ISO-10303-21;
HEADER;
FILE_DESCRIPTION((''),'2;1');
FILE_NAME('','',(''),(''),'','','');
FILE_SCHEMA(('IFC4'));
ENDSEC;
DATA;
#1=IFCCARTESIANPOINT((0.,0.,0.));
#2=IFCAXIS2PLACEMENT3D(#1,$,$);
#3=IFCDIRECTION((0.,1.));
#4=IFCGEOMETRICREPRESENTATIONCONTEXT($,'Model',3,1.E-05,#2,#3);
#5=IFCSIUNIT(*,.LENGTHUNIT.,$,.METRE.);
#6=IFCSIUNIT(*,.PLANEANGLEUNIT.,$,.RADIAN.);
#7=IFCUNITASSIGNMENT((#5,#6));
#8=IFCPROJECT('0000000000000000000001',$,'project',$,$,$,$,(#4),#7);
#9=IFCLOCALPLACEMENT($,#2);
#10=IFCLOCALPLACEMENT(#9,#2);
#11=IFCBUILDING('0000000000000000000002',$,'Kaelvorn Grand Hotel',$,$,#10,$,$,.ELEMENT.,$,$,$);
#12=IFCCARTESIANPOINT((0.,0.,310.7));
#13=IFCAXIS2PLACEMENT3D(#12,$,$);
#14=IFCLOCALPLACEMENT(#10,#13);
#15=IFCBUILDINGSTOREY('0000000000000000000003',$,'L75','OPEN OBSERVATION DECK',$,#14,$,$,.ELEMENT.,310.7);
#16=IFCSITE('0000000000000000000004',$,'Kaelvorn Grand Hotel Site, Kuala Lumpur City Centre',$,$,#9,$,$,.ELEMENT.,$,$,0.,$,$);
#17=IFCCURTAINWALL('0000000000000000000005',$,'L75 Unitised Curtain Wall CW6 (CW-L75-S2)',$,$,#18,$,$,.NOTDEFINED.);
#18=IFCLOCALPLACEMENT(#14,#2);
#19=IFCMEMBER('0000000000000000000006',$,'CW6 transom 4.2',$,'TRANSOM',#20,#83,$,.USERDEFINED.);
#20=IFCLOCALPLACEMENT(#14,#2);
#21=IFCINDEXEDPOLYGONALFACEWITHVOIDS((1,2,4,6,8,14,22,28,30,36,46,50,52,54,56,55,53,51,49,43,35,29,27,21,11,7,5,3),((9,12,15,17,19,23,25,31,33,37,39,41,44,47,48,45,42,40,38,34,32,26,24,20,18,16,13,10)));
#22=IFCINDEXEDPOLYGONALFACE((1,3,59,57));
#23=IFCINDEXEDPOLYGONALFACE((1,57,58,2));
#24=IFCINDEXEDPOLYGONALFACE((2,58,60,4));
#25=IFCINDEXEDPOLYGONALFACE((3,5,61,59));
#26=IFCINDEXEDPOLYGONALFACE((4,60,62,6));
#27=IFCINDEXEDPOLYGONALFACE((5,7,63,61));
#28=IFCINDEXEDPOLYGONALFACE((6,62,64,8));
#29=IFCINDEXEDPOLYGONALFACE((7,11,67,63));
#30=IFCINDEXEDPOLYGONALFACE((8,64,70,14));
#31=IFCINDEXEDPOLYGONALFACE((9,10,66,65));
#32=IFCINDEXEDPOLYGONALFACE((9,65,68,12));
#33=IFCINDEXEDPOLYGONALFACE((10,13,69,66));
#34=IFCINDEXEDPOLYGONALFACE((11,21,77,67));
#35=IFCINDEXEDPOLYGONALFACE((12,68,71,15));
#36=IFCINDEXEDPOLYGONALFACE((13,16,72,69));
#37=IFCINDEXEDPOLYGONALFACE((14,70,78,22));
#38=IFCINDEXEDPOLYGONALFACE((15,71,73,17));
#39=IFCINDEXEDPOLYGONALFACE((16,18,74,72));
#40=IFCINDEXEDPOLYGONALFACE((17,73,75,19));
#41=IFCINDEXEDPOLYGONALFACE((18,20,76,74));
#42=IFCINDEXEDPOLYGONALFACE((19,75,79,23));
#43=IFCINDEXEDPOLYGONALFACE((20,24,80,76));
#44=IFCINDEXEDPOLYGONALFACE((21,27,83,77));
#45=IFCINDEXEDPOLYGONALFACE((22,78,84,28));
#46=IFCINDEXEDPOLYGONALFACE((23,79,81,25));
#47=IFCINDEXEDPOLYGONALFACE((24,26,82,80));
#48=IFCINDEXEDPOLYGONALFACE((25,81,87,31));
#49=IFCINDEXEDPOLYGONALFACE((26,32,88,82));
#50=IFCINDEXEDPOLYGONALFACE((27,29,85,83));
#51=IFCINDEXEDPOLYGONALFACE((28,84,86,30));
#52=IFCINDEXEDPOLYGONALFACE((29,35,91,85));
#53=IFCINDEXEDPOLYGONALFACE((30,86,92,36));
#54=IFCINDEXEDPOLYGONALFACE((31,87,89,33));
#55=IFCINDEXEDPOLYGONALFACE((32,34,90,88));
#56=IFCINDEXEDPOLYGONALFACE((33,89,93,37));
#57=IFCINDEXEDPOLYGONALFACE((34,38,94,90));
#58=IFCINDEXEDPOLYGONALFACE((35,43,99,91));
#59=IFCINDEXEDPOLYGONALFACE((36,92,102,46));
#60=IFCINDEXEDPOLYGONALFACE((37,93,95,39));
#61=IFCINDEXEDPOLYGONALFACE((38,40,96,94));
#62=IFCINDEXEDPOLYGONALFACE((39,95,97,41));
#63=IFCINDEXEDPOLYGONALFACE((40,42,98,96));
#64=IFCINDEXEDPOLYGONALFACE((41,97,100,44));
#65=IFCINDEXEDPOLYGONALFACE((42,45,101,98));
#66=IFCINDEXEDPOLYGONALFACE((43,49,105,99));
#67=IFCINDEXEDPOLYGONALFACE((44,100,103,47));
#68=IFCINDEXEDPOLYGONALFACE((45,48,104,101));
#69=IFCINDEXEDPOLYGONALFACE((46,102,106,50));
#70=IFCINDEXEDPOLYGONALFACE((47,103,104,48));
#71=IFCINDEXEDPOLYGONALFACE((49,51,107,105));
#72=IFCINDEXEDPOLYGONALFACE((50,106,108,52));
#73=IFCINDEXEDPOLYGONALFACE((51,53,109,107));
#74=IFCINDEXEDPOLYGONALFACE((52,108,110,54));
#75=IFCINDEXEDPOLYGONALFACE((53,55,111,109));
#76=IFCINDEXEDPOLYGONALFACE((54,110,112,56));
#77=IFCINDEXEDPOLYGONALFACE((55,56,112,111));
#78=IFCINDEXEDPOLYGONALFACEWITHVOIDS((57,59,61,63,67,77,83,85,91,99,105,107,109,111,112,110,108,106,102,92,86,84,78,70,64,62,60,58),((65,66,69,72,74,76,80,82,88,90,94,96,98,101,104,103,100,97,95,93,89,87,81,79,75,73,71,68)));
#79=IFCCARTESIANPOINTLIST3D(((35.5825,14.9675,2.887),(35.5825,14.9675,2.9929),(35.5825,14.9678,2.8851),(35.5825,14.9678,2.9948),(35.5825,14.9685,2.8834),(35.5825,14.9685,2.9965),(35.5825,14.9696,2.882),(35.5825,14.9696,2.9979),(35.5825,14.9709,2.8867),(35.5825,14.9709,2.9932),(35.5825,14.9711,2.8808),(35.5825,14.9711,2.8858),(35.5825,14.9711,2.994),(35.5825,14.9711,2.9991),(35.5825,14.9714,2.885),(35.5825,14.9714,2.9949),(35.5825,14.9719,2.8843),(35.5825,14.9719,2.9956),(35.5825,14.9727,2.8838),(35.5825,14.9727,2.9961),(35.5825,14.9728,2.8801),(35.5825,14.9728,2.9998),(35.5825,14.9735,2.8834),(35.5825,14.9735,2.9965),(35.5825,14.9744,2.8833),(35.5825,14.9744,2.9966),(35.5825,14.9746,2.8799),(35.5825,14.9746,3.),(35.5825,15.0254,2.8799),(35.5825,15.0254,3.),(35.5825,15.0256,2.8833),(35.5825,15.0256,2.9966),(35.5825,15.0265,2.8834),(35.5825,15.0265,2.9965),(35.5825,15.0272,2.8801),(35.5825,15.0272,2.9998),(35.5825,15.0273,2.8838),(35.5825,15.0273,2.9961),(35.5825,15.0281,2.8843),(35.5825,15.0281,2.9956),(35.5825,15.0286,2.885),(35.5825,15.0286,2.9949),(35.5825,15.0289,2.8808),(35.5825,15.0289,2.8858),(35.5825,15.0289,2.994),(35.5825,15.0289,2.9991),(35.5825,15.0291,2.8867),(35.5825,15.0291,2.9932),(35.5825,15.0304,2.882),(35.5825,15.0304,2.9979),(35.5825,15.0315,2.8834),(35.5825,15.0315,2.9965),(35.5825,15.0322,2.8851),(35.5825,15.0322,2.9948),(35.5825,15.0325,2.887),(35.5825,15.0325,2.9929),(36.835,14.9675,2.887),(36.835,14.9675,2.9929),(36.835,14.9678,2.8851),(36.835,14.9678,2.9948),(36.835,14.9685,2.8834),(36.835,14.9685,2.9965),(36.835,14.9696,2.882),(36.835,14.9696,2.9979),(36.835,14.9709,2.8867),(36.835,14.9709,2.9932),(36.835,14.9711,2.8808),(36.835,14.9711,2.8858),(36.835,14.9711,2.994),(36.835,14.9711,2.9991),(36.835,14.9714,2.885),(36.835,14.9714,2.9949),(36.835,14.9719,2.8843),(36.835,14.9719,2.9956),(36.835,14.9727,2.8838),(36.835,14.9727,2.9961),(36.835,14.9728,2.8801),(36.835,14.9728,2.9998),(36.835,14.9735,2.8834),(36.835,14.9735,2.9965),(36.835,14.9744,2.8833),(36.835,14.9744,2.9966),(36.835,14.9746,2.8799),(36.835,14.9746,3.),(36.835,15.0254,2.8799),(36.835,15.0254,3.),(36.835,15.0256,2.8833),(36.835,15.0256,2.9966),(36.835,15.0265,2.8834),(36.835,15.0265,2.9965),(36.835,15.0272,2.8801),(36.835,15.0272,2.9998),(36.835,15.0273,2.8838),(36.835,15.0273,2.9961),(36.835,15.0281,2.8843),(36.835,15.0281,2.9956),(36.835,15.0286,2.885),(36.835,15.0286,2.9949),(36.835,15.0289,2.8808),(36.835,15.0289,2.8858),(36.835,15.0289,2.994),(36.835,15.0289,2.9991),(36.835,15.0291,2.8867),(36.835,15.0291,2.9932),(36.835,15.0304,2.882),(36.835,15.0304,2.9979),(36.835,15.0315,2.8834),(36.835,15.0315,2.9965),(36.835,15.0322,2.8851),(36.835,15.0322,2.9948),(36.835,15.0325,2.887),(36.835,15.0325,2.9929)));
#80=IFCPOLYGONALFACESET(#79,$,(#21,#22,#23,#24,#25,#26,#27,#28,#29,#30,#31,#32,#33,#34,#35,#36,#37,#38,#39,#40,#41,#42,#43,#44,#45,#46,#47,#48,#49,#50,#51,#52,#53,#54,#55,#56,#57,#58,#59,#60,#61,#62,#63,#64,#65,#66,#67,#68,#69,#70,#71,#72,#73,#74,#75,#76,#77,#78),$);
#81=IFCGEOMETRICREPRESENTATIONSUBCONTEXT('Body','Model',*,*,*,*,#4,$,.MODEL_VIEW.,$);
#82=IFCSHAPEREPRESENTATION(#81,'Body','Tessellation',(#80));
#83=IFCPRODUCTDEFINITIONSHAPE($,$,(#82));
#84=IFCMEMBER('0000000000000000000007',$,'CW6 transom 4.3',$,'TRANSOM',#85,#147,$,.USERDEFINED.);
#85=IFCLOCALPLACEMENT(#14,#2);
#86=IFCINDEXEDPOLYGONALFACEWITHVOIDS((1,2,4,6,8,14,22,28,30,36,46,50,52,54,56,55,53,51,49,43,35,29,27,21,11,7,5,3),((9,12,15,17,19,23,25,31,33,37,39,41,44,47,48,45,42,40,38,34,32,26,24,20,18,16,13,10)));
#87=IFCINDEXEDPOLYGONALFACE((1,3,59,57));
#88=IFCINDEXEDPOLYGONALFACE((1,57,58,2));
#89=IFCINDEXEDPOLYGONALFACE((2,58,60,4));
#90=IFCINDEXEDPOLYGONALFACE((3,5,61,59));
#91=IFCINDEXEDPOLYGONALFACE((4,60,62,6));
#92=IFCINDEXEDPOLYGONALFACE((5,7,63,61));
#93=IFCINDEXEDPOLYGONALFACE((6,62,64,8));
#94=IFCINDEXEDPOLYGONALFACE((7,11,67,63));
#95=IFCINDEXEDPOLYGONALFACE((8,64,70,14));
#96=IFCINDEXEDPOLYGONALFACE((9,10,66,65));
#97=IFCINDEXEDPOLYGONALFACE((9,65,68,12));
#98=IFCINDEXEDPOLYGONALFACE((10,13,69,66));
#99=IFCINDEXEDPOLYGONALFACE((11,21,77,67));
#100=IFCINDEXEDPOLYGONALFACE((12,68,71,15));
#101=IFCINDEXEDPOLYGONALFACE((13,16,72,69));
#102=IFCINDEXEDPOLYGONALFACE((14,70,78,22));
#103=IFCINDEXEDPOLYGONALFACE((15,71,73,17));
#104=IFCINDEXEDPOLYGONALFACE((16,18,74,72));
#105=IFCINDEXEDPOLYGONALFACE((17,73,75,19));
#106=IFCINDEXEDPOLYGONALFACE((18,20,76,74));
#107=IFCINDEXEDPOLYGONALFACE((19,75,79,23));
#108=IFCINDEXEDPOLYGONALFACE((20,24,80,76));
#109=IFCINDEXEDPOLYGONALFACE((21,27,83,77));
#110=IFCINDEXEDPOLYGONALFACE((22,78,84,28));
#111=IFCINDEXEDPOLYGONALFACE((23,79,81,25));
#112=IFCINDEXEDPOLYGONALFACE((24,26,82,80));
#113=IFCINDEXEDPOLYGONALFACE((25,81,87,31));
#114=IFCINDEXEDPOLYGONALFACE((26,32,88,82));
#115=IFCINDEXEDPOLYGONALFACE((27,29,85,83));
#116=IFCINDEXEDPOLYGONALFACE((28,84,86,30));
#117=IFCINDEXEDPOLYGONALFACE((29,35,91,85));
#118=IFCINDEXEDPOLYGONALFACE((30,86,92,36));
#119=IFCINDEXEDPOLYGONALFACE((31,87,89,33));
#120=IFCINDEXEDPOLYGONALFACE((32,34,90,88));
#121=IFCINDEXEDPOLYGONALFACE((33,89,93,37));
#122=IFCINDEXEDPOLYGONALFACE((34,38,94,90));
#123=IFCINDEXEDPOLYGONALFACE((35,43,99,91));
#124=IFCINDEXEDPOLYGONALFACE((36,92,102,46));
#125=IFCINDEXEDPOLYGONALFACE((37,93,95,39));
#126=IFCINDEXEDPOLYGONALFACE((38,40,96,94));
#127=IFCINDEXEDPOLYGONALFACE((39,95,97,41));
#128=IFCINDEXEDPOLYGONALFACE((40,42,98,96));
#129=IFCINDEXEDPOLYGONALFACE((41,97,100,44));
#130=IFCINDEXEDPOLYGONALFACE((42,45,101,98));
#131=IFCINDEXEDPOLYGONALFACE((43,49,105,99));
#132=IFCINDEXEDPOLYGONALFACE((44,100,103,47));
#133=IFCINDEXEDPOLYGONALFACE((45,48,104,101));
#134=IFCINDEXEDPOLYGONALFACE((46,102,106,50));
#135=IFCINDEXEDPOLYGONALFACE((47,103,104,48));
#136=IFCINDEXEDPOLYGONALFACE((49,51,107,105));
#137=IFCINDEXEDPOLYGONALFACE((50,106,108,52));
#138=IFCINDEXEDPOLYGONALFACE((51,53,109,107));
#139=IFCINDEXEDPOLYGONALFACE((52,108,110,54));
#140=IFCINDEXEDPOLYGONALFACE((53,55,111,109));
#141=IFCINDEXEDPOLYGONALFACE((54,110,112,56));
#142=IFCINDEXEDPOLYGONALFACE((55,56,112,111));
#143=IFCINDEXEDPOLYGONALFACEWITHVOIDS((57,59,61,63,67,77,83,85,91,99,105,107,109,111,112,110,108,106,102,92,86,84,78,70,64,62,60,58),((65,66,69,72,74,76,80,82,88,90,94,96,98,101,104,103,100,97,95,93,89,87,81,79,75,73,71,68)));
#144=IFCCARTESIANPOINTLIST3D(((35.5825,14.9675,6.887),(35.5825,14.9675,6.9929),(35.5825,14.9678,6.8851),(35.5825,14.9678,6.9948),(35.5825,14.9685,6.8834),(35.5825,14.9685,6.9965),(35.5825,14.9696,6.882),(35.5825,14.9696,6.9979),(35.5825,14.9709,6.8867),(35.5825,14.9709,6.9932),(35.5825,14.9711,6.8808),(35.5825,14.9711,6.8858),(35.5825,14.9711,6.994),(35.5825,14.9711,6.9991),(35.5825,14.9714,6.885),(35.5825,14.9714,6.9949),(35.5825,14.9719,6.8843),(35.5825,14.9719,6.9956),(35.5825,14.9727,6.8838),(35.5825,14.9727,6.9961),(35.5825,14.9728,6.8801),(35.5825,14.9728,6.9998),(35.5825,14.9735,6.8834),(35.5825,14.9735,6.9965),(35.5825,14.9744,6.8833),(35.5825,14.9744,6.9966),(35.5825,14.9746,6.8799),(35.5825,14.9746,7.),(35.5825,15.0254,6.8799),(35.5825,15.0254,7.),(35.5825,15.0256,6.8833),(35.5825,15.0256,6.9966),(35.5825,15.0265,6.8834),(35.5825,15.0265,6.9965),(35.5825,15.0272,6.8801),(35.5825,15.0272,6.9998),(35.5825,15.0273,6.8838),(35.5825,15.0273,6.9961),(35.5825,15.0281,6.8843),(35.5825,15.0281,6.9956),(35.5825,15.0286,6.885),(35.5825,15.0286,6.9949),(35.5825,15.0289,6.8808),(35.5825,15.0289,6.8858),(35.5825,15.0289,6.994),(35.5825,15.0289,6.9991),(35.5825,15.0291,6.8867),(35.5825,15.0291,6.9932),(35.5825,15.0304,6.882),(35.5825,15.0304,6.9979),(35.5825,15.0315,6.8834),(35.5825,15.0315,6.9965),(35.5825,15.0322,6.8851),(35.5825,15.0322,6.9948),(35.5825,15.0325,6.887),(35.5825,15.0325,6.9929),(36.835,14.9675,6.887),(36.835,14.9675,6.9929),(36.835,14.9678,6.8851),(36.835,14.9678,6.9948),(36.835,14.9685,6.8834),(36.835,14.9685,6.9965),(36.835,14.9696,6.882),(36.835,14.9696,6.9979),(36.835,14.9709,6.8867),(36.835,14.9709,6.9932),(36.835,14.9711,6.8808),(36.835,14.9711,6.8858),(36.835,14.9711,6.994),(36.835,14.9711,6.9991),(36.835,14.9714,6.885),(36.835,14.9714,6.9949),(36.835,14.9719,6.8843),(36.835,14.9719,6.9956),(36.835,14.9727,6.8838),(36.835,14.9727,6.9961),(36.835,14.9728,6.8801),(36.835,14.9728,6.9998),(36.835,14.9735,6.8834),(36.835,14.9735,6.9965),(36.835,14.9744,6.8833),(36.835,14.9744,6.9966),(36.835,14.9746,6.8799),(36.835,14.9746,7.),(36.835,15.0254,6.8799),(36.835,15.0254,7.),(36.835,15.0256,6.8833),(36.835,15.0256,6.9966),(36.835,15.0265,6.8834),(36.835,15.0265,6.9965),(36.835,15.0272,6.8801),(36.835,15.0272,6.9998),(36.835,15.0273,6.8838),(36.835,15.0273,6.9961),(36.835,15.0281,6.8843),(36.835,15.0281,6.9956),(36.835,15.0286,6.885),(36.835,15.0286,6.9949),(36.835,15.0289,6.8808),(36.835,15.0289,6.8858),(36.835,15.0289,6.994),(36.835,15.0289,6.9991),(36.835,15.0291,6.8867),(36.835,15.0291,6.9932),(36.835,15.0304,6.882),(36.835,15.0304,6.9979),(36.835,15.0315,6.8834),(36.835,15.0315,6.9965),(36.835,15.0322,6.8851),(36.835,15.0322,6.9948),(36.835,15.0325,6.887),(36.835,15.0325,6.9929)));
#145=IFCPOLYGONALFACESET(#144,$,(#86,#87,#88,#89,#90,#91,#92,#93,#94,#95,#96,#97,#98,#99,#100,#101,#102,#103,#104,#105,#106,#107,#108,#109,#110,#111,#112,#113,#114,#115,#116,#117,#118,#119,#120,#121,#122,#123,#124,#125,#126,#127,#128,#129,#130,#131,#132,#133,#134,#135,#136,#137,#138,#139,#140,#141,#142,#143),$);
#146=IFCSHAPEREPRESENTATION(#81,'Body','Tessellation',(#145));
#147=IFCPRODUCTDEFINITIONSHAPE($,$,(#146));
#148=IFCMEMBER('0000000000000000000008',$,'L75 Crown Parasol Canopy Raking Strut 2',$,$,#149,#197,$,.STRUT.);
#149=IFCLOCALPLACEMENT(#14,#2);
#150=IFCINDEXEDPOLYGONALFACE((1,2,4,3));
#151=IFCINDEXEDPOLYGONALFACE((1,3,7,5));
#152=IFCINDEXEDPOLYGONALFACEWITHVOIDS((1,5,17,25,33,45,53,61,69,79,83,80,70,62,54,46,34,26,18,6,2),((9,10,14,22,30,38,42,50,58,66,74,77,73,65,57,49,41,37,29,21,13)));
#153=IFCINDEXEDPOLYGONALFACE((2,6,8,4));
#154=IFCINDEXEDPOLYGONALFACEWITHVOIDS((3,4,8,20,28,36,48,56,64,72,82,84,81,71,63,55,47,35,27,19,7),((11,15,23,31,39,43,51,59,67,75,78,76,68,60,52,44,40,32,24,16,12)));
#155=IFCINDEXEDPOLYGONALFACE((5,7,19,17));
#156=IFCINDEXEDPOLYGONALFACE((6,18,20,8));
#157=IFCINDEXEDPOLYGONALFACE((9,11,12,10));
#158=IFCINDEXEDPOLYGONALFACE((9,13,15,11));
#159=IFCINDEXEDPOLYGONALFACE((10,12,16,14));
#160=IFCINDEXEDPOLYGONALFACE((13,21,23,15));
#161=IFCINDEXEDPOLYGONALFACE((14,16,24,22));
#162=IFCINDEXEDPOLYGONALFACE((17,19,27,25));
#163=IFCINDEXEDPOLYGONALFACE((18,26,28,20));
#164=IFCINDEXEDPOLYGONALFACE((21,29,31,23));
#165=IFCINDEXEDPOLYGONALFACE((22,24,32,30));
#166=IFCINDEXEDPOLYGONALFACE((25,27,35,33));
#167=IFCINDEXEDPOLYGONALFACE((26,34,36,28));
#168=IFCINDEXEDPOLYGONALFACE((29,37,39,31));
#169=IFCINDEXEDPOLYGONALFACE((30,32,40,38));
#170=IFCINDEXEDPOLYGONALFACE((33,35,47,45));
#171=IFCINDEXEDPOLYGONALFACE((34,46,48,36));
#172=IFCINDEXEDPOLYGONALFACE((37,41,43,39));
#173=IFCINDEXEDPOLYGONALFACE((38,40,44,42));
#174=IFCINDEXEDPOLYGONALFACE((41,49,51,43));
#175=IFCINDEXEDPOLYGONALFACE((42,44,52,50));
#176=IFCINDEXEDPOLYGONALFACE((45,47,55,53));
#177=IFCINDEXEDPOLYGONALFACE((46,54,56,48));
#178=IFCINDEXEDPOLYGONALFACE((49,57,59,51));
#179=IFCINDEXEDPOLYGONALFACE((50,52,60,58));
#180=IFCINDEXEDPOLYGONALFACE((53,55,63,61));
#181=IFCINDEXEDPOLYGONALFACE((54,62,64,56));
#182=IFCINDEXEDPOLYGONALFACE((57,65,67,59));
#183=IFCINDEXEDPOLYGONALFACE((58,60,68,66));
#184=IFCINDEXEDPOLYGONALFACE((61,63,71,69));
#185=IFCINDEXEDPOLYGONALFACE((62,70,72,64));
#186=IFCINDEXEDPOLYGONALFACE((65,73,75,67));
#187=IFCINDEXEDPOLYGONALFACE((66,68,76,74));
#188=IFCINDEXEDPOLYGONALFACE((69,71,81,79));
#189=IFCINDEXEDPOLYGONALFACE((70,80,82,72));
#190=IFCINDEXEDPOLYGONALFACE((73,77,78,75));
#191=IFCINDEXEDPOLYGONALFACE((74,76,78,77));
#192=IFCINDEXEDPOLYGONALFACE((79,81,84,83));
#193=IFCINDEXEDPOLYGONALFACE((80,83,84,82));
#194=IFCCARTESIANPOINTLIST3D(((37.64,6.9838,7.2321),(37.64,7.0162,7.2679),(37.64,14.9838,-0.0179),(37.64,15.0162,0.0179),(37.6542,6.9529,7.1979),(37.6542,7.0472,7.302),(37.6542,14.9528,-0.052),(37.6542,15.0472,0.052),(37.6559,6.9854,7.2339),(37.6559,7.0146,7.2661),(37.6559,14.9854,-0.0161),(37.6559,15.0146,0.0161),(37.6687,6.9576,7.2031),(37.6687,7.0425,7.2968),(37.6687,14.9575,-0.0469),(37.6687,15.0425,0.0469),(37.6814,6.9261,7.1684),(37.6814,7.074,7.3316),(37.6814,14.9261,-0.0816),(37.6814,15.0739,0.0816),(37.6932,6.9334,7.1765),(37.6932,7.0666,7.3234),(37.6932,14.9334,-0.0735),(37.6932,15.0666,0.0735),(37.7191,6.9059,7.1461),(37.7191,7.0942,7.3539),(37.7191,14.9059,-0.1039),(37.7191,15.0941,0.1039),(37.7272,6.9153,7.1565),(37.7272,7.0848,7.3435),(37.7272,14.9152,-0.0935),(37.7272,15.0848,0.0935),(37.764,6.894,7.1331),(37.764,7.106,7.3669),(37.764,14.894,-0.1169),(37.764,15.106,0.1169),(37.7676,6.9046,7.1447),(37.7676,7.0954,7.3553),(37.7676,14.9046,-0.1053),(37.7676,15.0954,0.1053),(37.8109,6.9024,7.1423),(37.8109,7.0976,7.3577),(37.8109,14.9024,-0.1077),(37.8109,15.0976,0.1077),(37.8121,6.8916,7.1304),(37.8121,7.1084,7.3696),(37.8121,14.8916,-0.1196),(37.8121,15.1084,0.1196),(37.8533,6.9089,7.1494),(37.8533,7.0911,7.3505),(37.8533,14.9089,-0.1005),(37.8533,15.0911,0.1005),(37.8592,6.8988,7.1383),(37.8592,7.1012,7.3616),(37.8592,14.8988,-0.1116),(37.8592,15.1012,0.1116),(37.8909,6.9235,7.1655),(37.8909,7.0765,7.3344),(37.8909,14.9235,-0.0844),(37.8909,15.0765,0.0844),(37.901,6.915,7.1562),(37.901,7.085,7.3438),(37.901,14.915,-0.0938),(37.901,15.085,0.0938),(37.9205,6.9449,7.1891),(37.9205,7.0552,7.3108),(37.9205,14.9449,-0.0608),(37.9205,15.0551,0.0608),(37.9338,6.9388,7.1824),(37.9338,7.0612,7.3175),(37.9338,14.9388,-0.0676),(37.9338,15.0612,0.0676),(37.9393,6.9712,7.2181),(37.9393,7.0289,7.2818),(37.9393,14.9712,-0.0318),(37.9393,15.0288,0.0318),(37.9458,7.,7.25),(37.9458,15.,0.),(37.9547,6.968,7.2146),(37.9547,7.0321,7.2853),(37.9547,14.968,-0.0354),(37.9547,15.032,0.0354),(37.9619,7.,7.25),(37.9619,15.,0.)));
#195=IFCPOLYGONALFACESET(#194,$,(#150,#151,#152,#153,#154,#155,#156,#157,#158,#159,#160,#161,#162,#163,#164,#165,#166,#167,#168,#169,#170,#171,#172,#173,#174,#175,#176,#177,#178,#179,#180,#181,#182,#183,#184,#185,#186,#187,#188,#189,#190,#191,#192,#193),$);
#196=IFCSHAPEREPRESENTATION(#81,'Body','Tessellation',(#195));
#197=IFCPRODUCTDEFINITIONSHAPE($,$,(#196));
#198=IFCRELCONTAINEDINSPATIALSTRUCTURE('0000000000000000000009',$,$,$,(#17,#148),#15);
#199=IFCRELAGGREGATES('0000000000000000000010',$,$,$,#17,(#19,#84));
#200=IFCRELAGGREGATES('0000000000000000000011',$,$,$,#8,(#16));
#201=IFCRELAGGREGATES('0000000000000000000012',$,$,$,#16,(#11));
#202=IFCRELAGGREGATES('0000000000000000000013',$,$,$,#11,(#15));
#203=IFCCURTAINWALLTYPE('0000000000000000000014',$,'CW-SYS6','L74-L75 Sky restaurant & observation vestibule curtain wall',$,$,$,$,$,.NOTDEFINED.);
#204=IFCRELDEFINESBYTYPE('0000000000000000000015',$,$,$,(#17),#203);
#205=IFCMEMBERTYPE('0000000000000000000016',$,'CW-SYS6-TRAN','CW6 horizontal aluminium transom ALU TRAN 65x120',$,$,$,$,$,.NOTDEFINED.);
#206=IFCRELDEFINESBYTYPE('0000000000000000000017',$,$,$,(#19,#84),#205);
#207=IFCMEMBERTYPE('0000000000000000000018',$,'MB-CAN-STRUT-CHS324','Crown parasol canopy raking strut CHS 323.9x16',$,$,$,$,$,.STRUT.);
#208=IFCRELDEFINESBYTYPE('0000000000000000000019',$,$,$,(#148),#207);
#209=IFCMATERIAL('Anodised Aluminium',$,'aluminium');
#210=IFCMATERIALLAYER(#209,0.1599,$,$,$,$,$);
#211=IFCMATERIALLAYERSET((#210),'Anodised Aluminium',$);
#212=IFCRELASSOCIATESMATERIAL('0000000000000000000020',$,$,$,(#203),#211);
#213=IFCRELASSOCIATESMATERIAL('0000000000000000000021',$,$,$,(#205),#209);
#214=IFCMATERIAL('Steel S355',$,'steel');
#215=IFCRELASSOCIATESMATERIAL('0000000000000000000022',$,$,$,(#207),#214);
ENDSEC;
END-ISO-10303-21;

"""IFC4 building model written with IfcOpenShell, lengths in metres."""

from ifc_helpers import new_model, si_unit, direction, frame, origin, origin_2d, place, context, subcontext, project, spatial, hollow_rectangle, hollow_circle, extrude, material, layer, layer_set, material_profile, profile_set, type_object, element, aggregate, save


model = new_model("IFC4")

# Units and contexts
model_context = context("Model", 3, precision=1e-05, world=origin(), true_north=direction((0.0, 1.0)))
body_context = subcontext(model_context, "Body", "Model", "MODEL_VIEW")
ifc_project = project(units=[si_unit("LENGTHUNIT", "METRE"), si_unit("PLANEANGLEUNIT", "RADIAN")], contexts=[model_context])

# Site, building, storey
site_placement = place(None, origin())
site = spatial("IfcSite", under=ifc_project, at=site_placement, Name="Kaelvorn Grand Hotel Site, Kuala Lumpur City Centre", CompositionType="ELEMENT", RefElevation=0.0)
building_placement = place(site_placement, origin())
building = spatial("IfcBuilding", under=site, at=building_placement, Name="Kaelvorn Grand Hotel", CompositionType="ELEMENT")
storey_placement = place(building_placement, frame((0.0, 0.0, 310.7)))
storey = spatial("IfcBuildingStorey", under=building, at=storey_placement, Name="L75", Description="OPEN OBSERVATION DECK", CompositionType="ELEMENT", Elevation=310.7)

# Shared definitions
ifc_material_1 = material(Name="Steel S355", Category="steel")

# Curtain wall, members
ifc_material_2 = material(Name="Anodised Aluminium", Category="aluminium")
ifc_layer_1 = layer(ifc_material_2, 0.1599)
ifc_layer_set_1 = layer_set([ifc_layer_1], Name="Anodised Aluminium")
curtain_wall_type = type_object("IfcCurtainWallType", Name="CW-SYS6", Description="L74-L75 Sky restaurant & observation vestibule curtain wall", PredefinedType="NOTDEFINED", material=ifc_layer_set_1)
curtain_wall_placement = place(storey_placement, origin())
curtain_wall = element("IfcCurtainWall", 1, at=curtain_wall_placement, inside=storey, type_object=curtain_wall_type, Name="L75 Unitised Curtain Wall CW6 (CW-L75-S2)", PredefinedType="NOTDEFINED")
ifc_material_profile_1 = material_profile(ifc_material_2, hollow_rectangle(XDim=0.0649, YDim=0.1201, WallThickness=0.0034, InnerFilletRadius=0.0034, OuterFilletRadius=0.0071, at=origin_2d()), Name="ALU TRAN 65x120")
ifc_profile_set_1 = profile_set([ifc_material_profile_1], Name="Anodised Aluminium")
member_type_1 = type_object("IfcMemberType", Name="CW-SYS6-TRAN", Description="CW6 horizontal aluminium transom ALU TRAN 65x120", PredefinedType="NOTDEFINED", material=ifc_profile_set_1)
member_1_placement = place(storey_placement, frame((35.5825, 15.0, 2.9399), z_axis=(1.0, 0.0, 0.0), x_axis=(0.0, 1.0, 0.0)))
member_1 = element("IfcMember", 2, at=member_1_placement, type_object=member_type_1, Name="CW6 transom 4.2", ObjectType="TRANSOM", PredefinedType="USERDEFINED", context=body_context, shape_type="SweptSolid", body=[
    extrude(hollow_rectangle(XDim=0.0649, YDim=0.1201, WallThickness=0.0034, InnerFilletRadius=0.0034, OuterFilletRadius=0.0071, at=origin_2d()), origin(), (0.0, 0.0, 1.0), 1.2524),
])
member_2_placement = place(storey_placement, frame((35.5825, 15.0, 6.9399), z_axis=(1.0, 0.0, 0.0), x_axis=(0.0, 1.0, 0.0)))
member_2 = element("IfcMember", 3, at=member_2_placement, type_object=member_type_1, Name="CW6 transom 4.3", ObjectType="TRANSOM", PredefinedType="USERDEFINED", context=body_context, shape_type="SweptSolid", body=[
    extrude(hollow_rectangle(XDim=0.0649, YDim=0.1201, WallThickness=0.0034, InnerFilletRadius=0.0034, OuterFilletRadius=0.0071, at=origin_2d()), origin(), (0.0, 0.0, 1.0), 1.2524),
])

# Member
ifc_material_profile_2 = material_profile(ifc_material_1, hollow_circle(Radius=0.1619, WallThickness=0.0161, at=origin_2d()), Name="CHS 323.9x16.0")
ifc_profile_set_2 = profile_set([ifc_material_profile_2], Name="Steel S355")
member_type_2 = type_object("IfcMemberType", Name="MB-CAN-STRUT-CHS324", Description="Crown parasol canopy raking strut CHS 323.9x16", PredefinedType="STRUT", material=ifc_profile_set_2)
member_3_placement = place(storey_placement, frame((37.8, 15.0, 0.0), z_axis=(0.0, -0.740987, 0.671519), x_axis=(1.0, 0.0, 0.0)))
element("IfcMember", 4, at=member_3_placement, inside=storey, type_object=member_type_2, Name="L75 Crown Parasol Canopy Raking Strut 2", PredefinedType="STRUT", context=body_context, shape_type="SweptSolid", body=[
    extrude(hollow_circle(Radius=0.1619, WallThickness=0.0161, at=origin_2d()), origin(), (0.0, 0.0, 1.0), 10.7964),
])

aggregate(curtain_wall, [member_1, member_2])

save(model, "model.ifc")
